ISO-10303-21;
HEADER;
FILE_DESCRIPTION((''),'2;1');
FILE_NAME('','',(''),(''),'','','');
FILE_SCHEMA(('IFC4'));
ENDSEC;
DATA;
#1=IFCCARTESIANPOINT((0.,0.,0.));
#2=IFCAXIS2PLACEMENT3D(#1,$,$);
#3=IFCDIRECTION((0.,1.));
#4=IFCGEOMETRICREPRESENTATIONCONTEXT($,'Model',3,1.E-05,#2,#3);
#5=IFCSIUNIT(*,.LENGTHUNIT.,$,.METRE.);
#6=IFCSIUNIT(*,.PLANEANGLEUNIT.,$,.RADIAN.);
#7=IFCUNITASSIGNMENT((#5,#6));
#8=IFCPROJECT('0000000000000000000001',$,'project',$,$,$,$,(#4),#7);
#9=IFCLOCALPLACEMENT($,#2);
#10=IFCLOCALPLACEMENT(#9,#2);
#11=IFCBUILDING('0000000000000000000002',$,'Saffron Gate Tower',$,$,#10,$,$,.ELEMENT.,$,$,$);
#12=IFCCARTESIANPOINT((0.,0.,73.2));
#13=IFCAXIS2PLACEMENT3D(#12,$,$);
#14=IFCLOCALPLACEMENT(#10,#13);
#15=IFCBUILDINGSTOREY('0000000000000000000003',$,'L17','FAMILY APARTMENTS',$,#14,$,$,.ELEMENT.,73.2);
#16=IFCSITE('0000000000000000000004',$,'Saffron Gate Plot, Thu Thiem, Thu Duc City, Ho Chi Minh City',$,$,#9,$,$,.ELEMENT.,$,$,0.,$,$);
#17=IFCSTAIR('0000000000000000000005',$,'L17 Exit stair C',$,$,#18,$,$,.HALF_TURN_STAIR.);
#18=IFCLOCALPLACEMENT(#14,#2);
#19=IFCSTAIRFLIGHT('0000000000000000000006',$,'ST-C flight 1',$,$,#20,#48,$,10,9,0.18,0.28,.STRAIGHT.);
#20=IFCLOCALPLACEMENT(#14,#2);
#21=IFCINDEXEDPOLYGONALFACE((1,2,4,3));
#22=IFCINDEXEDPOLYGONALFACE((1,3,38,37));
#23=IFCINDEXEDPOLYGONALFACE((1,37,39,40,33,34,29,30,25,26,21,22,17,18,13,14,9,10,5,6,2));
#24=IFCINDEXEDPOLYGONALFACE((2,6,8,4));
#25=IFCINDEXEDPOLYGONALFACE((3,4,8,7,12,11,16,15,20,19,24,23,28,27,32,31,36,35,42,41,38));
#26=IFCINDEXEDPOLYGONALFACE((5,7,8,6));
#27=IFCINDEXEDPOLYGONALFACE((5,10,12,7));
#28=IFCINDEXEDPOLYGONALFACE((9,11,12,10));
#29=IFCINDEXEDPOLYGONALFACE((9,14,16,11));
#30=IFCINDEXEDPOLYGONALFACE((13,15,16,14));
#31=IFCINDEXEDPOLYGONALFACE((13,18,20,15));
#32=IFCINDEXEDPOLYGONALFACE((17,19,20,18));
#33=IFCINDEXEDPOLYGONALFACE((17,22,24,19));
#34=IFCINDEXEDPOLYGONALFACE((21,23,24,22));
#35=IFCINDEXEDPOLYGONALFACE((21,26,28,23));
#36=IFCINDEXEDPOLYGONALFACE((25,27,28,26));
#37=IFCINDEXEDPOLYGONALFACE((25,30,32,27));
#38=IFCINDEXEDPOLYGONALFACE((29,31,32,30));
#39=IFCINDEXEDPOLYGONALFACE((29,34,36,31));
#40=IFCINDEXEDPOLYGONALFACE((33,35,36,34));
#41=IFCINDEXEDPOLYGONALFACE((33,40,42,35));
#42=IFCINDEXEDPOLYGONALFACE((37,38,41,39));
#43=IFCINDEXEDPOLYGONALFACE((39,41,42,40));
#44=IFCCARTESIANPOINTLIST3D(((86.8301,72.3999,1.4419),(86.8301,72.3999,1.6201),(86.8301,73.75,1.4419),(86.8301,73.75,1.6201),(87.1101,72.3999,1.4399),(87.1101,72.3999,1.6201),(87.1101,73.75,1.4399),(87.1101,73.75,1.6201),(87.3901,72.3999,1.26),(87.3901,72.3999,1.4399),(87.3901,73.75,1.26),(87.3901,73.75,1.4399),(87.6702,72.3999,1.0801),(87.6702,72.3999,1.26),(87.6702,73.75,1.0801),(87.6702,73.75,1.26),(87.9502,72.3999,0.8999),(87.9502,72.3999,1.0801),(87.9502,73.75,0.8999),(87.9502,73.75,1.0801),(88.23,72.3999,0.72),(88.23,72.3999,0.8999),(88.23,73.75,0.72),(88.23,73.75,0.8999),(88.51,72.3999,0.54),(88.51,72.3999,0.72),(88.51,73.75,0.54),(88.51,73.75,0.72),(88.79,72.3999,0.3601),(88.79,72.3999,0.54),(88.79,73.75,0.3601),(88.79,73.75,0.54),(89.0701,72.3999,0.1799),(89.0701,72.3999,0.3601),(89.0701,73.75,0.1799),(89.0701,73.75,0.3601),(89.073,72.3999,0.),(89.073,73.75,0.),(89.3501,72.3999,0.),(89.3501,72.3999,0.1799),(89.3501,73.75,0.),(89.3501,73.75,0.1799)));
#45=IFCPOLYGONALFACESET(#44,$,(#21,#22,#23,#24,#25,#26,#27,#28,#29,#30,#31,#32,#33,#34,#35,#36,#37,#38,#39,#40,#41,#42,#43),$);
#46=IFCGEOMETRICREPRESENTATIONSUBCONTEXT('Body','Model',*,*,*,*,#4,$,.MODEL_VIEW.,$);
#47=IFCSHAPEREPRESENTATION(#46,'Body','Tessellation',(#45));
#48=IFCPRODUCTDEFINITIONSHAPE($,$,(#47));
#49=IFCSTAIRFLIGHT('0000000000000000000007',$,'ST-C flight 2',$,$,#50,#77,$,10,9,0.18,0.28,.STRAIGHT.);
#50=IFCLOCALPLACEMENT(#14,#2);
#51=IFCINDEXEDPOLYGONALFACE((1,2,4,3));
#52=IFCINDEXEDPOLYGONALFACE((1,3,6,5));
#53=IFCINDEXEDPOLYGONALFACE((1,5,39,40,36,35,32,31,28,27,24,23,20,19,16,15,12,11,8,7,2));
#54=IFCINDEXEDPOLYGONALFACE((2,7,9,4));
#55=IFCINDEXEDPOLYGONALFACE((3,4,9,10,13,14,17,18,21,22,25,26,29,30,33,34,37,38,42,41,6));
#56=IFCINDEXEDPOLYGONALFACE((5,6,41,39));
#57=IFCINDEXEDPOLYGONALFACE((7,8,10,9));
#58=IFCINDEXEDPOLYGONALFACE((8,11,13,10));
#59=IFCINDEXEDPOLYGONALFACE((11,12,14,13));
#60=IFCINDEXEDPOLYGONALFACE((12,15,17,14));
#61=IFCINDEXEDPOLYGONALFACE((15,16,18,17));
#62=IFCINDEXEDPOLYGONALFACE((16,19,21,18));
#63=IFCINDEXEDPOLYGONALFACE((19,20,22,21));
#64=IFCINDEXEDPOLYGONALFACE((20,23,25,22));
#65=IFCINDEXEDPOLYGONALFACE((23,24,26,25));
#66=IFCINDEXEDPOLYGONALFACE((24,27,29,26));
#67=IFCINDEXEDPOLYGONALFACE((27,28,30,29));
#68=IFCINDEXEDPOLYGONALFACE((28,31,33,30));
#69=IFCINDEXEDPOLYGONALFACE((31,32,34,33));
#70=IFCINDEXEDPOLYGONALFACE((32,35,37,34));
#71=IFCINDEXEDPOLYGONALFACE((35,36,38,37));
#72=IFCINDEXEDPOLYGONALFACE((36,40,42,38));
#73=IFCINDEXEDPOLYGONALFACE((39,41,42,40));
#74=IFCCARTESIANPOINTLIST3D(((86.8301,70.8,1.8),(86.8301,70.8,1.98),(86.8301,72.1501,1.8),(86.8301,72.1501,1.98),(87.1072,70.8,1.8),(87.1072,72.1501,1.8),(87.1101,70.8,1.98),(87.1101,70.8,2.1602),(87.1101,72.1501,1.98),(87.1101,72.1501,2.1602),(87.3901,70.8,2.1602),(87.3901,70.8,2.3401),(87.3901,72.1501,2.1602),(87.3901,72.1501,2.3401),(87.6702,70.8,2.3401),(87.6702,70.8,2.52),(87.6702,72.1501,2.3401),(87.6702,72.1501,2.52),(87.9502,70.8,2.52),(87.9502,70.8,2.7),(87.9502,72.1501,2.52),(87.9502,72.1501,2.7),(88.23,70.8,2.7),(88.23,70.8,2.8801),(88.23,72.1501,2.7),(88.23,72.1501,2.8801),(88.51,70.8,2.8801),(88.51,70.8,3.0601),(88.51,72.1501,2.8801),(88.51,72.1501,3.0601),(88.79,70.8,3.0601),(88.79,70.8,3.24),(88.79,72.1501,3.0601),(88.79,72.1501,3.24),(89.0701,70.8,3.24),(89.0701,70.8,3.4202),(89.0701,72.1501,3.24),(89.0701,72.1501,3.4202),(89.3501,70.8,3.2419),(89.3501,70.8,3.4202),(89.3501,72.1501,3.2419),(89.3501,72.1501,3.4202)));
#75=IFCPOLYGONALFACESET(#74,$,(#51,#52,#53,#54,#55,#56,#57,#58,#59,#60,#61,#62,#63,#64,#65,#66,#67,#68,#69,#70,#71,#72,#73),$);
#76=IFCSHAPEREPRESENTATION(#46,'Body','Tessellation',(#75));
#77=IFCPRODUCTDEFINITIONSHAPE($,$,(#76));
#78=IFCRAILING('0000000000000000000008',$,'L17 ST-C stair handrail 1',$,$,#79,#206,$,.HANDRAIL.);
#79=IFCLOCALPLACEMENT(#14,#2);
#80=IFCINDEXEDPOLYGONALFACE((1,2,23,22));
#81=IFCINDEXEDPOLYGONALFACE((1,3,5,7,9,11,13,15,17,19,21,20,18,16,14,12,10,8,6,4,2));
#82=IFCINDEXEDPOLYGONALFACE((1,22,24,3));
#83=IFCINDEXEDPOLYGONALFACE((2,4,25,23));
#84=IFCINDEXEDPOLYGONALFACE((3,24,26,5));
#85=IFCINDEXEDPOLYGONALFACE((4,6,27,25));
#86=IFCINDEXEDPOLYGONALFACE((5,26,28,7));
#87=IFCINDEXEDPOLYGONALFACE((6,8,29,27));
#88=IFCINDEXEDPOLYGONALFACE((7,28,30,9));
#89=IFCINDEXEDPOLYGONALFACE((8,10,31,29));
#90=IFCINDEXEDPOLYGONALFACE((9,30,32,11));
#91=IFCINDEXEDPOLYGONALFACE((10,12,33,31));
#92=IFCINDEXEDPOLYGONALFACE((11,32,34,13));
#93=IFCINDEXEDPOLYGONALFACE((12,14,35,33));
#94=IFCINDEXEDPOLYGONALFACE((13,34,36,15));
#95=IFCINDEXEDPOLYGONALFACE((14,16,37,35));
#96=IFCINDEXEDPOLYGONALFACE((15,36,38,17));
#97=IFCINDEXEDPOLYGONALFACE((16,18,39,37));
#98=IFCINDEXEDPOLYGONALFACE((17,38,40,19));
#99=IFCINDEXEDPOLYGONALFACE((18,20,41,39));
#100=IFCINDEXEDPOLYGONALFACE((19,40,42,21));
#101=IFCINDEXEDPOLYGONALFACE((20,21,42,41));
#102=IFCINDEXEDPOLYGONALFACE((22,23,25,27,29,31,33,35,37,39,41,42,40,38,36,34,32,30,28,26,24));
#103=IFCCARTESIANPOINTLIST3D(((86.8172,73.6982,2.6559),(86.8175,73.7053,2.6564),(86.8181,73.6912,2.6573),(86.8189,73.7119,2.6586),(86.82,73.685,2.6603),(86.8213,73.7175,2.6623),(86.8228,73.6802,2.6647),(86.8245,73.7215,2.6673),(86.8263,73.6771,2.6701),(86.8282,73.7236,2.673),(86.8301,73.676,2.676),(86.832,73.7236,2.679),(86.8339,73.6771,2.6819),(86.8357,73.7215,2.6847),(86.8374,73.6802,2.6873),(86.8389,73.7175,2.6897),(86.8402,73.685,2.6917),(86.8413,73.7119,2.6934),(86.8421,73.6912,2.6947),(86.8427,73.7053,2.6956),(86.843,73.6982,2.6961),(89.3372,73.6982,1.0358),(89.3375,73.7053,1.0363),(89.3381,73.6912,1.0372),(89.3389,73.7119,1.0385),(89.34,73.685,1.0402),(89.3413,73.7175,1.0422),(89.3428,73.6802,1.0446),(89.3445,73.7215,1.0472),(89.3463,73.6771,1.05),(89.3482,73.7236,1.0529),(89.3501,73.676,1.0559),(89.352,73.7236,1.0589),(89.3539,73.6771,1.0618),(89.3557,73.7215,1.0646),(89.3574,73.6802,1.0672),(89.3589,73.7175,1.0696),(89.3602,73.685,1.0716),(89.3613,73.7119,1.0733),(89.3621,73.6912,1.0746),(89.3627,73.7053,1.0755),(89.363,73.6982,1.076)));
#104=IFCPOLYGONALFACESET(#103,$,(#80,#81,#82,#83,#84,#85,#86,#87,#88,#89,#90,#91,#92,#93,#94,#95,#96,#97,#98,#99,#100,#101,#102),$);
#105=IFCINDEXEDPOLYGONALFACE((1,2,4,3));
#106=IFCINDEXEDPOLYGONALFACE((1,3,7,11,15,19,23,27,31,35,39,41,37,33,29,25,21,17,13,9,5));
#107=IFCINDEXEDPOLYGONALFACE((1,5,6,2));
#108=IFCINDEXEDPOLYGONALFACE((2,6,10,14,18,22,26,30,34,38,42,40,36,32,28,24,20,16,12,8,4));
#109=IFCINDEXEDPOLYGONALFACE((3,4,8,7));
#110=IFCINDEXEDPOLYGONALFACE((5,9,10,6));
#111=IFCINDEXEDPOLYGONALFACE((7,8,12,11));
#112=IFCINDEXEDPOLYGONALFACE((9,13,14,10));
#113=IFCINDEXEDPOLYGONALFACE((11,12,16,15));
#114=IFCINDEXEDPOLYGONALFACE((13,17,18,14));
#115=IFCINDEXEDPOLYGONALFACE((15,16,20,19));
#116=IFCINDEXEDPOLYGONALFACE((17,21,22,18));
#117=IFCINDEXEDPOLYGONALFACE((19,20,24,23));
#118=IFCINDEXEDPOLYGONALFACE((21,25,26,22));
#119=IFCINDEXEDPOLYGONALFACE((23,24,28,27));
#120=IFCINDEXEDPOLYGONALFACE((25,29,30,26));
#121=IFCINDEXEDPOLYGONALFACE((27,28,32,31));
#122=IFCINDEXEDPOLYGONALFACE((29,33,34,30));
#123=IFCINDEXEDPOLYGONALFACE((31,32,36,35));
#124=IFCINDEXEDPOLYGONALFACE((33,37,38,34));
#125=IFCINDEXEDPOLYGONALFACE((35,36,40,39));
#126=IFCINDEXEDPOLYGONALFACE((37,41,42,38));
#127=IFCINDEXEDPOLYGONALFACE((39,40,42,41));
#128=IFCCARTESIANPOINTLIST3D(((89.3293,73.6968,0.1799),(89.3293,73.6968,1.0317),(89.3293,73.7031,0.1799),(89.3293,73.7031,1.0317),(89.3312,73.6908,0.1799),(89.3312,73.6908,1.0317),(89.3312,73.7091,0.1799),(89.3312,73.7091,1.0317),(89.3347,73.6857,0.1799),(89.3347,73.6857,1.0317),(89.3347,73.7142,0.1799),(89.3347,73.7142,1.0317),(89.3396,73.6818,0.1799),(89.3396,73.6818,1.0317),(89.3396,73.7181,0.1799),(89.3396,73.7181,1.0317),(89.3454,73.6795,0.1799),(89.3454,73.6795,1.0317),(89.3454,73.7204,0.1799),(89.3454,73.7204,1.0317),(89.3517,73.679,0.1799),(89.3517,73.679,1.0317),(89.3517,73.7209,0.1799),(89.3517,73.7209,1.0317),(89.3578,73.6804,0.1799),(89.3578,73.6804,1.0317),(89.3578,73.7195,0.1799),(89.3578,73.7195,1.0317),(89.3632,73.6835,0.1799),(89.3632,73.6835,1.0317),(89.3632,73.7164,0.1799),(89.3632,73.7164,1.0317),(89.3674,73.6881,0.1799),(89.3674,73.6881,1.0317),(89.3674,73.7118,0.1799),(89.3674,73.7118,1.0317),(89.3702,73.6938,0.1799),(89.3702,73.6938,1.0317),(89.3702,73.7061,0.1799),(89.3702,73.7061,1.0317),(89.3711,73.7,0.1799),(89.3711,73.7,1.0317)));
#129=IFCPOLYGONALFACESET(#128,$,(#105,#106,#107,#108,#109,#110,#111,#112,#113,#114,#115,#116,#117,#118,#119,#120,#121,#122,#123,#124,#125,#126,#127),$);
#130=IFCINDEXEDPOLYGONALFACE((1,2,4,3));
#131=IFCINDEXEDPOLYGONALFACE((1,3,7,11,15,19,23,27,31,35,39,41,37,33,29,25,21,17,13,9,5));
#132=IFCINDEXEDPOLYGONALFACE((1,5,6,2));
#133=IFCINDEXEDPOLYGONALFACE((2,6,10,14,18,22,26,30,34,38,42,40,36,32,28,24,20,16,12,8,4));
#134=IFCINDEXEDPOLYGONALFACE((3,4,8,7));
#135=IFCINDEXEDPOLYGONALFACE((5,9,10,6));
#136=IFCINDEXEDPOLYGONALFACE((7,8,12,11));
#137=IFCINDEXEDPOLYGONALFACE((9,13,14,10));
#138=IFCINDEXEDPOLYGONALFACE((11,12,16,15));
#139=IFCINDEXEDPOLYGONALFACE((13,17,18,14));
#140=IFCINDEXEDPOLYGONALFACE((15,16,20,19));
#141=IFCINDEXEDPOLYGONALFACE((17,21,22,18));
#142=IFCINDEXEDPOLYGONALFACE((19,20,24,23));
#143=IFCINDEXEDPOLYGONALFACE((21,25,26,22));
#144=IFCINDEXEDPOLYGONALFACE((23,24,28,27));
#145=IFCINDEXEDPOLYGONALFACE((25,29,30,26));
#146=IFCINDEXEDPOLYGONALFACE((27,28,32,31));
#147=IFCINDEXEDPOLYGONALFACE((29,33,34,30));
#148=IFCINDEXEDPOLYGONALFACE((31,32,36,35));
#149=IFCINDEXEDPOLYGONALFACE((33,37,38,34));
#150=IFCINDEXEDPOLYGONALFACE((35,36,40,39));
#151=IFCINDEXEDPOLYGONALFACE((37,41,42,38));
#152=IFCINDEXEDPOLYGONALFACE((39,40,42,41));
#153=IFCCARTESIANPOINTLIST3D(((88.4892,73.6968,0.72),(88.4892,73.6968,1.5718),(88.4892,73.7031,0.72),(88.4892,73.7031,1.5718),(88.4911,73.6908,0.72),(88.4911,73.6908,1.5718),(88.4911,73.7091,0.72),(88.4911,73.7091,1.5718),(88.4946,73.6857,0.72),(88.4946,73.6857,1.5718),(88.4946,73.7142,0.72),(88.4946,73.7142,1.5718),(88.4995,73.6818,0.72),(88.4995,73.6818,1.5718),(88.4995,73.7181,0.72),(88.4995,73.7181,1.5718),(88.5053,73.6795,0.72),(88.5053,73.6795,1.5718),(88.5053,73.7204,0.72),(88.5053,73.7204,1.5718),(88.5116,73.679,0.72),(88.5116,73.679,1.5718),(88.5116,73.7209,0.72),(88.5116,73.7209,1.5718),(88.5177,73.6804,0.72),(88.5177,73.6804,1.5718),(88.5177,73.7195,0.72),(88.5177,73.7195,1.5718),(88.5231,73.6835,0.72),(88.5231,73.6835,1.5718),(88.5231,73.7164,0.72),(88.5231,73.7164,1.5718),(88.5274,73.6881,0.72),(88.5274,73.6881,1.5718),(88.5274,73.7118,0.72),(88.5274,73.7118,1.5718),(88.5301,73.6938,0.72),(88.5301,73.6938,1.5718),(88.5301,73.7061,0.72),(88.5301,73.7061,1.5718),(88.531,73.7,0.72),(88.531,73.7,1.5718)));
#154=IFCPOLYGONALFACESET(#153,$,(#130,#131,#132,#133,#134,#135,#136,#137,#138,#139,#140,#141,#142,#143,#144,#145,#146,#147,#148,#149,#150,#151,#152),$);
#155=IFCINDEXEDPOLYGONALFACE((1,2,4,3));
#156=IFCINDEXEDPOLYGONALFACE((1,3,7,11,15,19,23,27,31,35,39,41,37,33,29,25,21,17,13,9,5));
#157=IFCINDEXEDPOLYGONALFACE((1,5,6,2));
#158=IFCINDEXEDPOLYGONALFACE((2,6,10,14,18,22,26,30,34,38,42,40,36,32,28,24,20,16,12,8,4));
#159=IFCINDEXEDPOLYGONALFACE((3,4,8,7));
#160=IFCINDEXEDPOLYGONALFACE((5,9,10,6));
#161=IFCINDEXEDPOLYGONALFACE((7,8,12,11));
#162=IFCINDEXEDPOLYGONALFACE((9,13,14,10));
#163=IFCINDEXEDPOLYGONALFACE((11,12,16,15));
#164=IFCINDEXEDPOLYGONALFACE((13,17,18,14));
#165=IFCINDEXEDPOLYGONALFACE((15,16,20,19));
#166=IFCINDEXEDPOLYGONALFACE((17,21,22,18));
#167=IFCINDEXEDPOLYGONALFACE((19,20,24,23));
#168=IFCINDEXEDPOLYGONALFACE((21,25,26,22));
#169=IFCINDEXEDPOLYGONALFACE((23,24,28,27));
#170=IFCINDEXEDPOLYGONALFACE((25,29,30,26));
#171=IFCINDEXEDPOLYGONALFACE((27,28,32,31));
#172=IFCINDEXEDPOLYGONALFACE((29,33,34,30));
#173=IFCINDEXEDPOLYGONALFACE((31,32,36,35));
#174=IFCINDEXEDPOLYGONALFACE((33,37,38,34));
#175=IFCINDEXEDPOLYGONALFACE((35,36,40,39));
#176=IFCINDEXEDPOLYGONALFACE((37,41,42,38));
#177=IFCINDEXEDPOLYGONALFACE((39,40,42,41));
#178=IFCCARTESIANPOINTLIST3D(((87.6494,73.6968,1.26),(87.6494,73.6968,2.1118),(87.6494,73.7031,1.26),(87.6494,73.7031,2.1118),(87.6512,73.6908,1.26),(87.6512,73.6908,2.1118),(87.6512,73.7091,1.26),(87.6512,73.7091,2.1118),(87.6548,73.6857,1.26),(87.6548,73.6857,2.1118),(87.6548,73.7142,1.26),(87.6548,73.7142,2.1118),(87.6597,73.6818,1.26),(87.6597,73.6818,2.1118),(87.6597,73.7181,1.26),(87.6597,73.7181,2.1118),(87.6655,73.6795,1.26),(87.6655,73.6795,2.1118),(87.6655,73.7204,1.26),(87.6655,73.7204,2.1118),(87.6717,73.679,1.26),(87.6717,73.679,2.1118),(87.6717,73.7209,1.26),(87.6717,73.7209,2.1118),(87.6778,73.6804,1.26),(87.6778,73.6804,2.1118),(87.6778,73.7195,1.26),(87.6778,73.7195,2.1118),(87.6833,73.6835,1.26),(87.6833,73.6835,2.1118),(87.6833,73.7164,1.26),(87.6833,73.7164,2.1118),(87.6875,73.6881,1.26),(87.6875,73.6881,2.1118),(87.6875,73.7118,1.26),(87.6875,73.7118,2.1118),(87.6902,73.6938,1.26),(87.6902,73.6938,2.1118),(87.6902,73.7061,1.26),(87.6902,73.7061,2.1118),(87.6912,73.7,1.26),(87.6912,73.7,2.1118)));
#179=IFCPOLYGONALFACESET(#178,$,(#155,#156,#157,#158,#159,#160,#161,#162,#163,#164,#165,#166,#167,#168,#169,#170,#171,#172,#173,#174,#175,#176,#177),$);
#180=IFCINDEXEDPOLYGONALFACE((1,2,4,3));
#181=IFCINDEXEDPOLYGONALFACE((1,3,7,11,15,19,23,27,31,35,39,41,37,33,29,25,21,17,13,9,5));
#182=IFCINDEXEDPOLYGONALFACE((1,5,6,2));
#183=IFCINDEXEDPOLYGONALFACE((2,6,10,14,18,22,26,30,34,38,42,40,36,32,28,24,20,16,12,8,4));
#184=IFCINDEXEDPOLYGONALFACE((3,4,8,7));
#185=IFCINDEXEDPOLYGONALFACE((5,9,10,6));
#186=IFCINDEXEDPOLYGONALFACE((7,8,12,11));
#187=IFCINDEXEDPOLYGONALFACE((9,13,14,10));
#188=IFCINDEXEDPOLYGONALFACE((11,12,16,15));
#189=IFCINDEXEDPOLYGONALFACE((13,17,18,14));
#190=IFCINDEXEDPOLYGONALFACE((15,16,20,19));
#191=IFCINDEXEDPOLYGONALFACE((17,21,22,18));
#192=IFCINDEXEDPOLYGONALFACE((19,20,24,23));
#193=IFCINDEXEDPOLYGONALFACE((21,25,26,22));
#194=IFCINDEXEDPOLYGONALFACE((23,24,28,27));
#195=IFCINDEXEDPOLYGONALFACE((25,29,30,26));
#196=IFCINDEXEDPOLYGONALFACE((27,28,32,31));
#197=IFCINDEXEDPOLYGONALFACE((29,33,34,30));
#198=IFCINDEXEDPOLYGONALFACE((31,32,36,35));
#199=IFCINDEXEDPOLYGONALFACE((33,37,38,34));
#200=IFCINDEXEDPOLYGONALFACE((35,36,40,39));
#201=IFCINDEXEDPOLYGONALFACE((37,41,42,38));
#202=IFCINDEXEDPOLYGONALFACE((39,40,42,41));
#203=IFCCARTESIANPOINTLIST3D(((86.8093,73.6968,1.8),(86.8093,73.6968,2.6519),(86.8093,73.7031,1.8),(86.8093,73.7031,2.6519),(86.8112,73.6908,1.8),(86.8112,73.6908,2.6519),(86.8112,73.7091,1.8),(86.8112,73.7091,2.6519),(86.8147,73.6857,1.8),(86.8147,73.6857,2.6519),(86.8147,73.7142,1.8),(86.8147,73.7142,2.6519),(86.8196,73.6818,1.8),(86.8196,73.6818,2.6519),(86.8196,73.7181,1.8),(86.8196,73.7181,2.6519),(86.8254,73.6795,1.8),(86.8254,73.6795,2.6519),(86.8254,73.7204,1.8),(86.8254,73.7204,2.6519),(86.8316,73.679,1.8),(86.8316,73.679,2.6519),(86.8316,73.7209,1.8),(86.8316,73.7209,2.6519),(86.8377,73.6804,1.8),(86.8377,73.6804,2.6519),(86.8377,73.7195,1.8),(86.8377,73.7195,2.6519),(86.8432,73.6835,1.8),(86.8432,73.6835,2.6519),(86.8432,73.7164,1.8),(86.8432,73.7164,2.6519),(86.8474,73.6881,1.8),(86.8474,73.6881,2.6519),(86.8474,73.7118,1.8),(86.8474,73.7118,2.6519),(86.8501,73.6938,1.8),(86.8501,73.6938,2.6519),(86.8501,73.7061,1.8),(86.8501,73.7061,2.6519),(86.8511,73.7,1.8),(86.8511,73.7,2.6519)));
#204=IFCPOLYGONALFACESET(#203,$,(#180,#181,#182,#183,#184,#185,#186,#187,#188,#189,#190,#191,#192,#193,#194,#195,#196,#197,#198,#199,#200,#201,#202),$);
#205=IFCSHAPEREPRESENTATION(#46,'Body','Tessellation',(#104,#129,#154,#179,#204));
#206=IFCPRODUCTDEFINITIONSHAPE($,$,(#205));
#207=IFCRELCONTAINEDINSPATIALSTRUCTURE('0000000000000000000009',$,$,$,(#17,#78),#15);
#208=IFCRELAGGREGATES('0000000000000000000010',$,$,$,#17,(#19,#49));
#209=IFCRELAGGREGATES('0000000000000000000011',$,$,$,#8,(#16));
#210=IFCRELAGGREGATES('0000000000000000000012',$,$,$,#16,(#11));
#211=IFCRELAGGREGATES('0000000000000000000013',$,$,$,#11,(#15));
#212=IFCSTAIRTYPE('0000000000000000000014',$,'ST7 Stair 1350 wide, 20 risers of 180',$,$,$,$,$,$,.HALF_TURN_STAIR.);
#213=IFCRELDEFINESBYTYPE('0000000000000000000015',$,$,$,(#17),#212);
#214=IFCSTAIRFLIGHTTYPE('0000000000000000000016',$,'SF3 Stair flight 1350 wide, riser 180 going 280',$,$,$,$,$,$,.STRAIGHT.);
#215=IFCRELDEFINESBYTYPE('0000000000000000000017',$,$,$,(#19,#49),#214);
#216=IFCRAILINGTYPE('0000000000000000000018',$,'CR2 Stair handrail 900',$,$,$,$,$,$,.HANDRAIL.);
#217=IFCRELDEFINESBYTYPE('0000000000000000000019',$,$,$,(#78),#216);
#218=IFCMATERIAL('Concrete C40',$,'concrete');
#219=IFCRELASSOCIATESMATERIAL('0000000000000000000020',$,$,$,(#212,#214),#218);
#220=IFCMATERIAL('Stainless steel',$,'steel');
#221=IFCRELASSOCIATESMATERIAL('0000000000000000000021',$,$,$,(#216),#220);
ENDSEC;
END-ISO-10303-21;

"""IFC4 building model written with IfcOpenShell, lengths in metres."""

from ifc_helpers import new_model, si_unit, direction, frame, origin, origin_2d, place, context, subcontext, project, spatial, polyline, circle, outline, extrude, material, type_object, element, aggregate, save


model = new_model("IFC4")

# Units and contexts
model_context = context("Model", 3, precision=1e-05, world=origin(), true_north=direction((0.0, 1.0)))
body_context = subcontext(model_context, "Body", "Model", "MODEL_VIEW")
ifc_project = project(units=[si_unit("LENGTHUNIT", "METRE"), si_unit("PLANEANGLEUNIT", "RADIAN")], contexts=[model_context])

# Site, building, storey
site_placement = place(None, origin())
site = spatial("IfcSite", under=ifc_project, at=site_placement, Name="Saffron Gate Plot, Thu Thiem, Thu Duc City, Ho Chi Minh City", CompositionType="ELEMENT", RefElevation=0.0)
building_placement = place(site_placement, origin())
building = spatial("IfcBuilding", under=site, at=building_placement, Name="Saffron Gate Tower", CompositionType="ELEMENT")
storey_placement = place(building_placement, frame((0.0, 0.0, 73.2)))
storey = spatial("IfcBuildingStorey", under=building, at=storey_placement, Name="L17", Description="FAMILY APARTMENTS", CompositionType="ELEMENT", Elevation=73.2)

# Stair, stair flights
ifc_material_1 = material(Name="Concrete C40", Category="concrete")
stair_type = type_object("IfcStairType", Name="ST7 Stair 1350 wide, 20 risers of 180", PredefinedType="HALF_TURN_STAIR", material=ifc_material_1)
stair_placement = place(storey_placement, origin())
stair = element("IfcStair", 1, at=stair_placement, inside=storey, type_object=stair_type, Name="L17 Exit stair C", PredefinedType="HALF_TURN_STAIR")
stair_flight_type = type_object("IfcStairFlightType", Name="SF3 Stair flight 1350 wide, riser 180 going 280", PredefinedType="STRAIGHT", material=ifc_material_1)
stair_flight_1_placement = place(storey_placement, frame((89.3501, 73.075, 0.0), z_axis=(0.0, 0.0, 1.0), x_axis=(-1.0, 0.0, 0.0)))
stair_flight_1 = element("IfcStairFlight", 2, at=stair_flight_1_placement, type_object=stair_flight_type, Name="ST-C flight 1", NumberOfRisers=10, NumberOfTreads=9, PredefinedType="STRAIGHT", RiserHeight=0.18, TreadLength=0.28, context=body_context, shape_type="SweptSolid", body=[
    extrude(outline(polyline([(0.0, 0.0), (0.0, 0.1799), (0.28, 0.1799), (0.28, 0.3601), (0.5601, 0.3601), (0.5601, 0.54), (0.8401, 0.54), (0.8401, 0.72), (1.1201, 0.72), (1.1201, 0.8999), (1.3999, 0.8999), (1.3999, 1.0801), (1.6799, 1.0801), (1.6799, 1.26), (1.96, 1.26), (1.96, 1.4399), (2.24, 1.4399), (2.24, 1.6201), (2.52, 1.6201), (2.52, 1.8), (2.52, 1.4419), (0.2771, 0.0), (0.0, 0.0)])), frame((0.0, 0.675, 0.0), z_axis=(0.0, -1.0, 0.0), x_axis=(1.0, 0.0, 0.0)), (0.0, 0.0, 1.0), 1.3501),
])
stair_flight_2_placement = place(storey_placement, frame((86.8301, 71.4751, 1.8), z_axis=(0.0, 0.0, 1.0), x_axis=(1.0, 0.0, 0.0)))
stair_flight_2 = element("IfcStairFlight", 3, at=stair_flight_2_placement, type_object=stair_flight_type, Name="ST-C flight 2", NumberOfRisers=10, NumberOfTreads=9, PredefinedType="STRAIGHT", RiserHeight=0.18, TreadLength=0.28, context=body_context, shape_type="SweptSolid", body=[
    extrude(outline(polyline([(0.0, 0.0), (0.0, 0.1799), (0.28, 0.1799), (0.28, 0.3601), (0.5601, 0.3601), (0.5601, 0.54), (0.8401, 0.54), (0.8401, 0.72), (1.1201, 0.72), (1.1201, 0.8999), (1.3999, 0.8999), (1.3999, 1.0801), (1.6799, 1.0801), (1.6799, 1.26), (1.96, 1.26), (1.96, 1.4399), (2.24, 1.4399), (2.24, 1.6201), (2.52, 1.6201), (2.52, 1.8), (2.52, 1.4419), (0.2771, 0.0), (0.0, 0.0)])), frame((0.0, 0.675, 0.0), z_axis=(0.0, -1.0, 0.0), x_axis=(1.0, 0.0, 0.0)), (0.0, 0.0, 1.0), 1.3501),
])
aggregate(stair, [stair_flight_1, stair_flight_2])

# Railing
ifc_material_2 = material(Name="Stainless steel", Category="steel")
railing_type_1 = type_object("IfcRailingType", Name="CR2 Stair handrail 900", PredefinedType="HANDRAIL", material=ifc_material_2)
railing_1_placement = place(storey_placement, frame((89.3501, 73.7, 0.1799)))
element("IfcRailing", 4, at=railing_1_placement, inside=storey, type_object=railing_type_1, Name="L17 ST-C stair handrail 1", PredefinedType="HANDRAIL", context=body_context, shape_type="SweptSolid", body=[
    extrude(circle(Radius=0.0239, at=origin_2d()), frame((0.0, 0.0, 0.876), z_axis=(-0.841163, 0.0, 0.540782), x_axis=(0.0, -1.0, 0.0)), (0.0, 0.0, 1.0), 2.9958),
    extrude(circle(Radius=0.021, at=origin_2d()), origin(), (0.0, 0.0, 1.0), 0.8518),
    extrude(circle(Radius=0.021, at=origin_2d()), frame((-0.8401, 0.0, 0.54)), (0.0, 0.0, 1.0), 0.8518),
    extrude(circle(Radius=0.021, at=origin_2d()), frame((-1.6799, 0.0, 1.0801)), (0.0, 0.0, 1.0), 0.8518),
    extrude(circle(Radius=0.021, at=origin_2d()), frame((-2.52, 0.0, 1.6201)), (0.0, 0.0, 1.0), 0.8518),
])

save(model, "model.ifc")
